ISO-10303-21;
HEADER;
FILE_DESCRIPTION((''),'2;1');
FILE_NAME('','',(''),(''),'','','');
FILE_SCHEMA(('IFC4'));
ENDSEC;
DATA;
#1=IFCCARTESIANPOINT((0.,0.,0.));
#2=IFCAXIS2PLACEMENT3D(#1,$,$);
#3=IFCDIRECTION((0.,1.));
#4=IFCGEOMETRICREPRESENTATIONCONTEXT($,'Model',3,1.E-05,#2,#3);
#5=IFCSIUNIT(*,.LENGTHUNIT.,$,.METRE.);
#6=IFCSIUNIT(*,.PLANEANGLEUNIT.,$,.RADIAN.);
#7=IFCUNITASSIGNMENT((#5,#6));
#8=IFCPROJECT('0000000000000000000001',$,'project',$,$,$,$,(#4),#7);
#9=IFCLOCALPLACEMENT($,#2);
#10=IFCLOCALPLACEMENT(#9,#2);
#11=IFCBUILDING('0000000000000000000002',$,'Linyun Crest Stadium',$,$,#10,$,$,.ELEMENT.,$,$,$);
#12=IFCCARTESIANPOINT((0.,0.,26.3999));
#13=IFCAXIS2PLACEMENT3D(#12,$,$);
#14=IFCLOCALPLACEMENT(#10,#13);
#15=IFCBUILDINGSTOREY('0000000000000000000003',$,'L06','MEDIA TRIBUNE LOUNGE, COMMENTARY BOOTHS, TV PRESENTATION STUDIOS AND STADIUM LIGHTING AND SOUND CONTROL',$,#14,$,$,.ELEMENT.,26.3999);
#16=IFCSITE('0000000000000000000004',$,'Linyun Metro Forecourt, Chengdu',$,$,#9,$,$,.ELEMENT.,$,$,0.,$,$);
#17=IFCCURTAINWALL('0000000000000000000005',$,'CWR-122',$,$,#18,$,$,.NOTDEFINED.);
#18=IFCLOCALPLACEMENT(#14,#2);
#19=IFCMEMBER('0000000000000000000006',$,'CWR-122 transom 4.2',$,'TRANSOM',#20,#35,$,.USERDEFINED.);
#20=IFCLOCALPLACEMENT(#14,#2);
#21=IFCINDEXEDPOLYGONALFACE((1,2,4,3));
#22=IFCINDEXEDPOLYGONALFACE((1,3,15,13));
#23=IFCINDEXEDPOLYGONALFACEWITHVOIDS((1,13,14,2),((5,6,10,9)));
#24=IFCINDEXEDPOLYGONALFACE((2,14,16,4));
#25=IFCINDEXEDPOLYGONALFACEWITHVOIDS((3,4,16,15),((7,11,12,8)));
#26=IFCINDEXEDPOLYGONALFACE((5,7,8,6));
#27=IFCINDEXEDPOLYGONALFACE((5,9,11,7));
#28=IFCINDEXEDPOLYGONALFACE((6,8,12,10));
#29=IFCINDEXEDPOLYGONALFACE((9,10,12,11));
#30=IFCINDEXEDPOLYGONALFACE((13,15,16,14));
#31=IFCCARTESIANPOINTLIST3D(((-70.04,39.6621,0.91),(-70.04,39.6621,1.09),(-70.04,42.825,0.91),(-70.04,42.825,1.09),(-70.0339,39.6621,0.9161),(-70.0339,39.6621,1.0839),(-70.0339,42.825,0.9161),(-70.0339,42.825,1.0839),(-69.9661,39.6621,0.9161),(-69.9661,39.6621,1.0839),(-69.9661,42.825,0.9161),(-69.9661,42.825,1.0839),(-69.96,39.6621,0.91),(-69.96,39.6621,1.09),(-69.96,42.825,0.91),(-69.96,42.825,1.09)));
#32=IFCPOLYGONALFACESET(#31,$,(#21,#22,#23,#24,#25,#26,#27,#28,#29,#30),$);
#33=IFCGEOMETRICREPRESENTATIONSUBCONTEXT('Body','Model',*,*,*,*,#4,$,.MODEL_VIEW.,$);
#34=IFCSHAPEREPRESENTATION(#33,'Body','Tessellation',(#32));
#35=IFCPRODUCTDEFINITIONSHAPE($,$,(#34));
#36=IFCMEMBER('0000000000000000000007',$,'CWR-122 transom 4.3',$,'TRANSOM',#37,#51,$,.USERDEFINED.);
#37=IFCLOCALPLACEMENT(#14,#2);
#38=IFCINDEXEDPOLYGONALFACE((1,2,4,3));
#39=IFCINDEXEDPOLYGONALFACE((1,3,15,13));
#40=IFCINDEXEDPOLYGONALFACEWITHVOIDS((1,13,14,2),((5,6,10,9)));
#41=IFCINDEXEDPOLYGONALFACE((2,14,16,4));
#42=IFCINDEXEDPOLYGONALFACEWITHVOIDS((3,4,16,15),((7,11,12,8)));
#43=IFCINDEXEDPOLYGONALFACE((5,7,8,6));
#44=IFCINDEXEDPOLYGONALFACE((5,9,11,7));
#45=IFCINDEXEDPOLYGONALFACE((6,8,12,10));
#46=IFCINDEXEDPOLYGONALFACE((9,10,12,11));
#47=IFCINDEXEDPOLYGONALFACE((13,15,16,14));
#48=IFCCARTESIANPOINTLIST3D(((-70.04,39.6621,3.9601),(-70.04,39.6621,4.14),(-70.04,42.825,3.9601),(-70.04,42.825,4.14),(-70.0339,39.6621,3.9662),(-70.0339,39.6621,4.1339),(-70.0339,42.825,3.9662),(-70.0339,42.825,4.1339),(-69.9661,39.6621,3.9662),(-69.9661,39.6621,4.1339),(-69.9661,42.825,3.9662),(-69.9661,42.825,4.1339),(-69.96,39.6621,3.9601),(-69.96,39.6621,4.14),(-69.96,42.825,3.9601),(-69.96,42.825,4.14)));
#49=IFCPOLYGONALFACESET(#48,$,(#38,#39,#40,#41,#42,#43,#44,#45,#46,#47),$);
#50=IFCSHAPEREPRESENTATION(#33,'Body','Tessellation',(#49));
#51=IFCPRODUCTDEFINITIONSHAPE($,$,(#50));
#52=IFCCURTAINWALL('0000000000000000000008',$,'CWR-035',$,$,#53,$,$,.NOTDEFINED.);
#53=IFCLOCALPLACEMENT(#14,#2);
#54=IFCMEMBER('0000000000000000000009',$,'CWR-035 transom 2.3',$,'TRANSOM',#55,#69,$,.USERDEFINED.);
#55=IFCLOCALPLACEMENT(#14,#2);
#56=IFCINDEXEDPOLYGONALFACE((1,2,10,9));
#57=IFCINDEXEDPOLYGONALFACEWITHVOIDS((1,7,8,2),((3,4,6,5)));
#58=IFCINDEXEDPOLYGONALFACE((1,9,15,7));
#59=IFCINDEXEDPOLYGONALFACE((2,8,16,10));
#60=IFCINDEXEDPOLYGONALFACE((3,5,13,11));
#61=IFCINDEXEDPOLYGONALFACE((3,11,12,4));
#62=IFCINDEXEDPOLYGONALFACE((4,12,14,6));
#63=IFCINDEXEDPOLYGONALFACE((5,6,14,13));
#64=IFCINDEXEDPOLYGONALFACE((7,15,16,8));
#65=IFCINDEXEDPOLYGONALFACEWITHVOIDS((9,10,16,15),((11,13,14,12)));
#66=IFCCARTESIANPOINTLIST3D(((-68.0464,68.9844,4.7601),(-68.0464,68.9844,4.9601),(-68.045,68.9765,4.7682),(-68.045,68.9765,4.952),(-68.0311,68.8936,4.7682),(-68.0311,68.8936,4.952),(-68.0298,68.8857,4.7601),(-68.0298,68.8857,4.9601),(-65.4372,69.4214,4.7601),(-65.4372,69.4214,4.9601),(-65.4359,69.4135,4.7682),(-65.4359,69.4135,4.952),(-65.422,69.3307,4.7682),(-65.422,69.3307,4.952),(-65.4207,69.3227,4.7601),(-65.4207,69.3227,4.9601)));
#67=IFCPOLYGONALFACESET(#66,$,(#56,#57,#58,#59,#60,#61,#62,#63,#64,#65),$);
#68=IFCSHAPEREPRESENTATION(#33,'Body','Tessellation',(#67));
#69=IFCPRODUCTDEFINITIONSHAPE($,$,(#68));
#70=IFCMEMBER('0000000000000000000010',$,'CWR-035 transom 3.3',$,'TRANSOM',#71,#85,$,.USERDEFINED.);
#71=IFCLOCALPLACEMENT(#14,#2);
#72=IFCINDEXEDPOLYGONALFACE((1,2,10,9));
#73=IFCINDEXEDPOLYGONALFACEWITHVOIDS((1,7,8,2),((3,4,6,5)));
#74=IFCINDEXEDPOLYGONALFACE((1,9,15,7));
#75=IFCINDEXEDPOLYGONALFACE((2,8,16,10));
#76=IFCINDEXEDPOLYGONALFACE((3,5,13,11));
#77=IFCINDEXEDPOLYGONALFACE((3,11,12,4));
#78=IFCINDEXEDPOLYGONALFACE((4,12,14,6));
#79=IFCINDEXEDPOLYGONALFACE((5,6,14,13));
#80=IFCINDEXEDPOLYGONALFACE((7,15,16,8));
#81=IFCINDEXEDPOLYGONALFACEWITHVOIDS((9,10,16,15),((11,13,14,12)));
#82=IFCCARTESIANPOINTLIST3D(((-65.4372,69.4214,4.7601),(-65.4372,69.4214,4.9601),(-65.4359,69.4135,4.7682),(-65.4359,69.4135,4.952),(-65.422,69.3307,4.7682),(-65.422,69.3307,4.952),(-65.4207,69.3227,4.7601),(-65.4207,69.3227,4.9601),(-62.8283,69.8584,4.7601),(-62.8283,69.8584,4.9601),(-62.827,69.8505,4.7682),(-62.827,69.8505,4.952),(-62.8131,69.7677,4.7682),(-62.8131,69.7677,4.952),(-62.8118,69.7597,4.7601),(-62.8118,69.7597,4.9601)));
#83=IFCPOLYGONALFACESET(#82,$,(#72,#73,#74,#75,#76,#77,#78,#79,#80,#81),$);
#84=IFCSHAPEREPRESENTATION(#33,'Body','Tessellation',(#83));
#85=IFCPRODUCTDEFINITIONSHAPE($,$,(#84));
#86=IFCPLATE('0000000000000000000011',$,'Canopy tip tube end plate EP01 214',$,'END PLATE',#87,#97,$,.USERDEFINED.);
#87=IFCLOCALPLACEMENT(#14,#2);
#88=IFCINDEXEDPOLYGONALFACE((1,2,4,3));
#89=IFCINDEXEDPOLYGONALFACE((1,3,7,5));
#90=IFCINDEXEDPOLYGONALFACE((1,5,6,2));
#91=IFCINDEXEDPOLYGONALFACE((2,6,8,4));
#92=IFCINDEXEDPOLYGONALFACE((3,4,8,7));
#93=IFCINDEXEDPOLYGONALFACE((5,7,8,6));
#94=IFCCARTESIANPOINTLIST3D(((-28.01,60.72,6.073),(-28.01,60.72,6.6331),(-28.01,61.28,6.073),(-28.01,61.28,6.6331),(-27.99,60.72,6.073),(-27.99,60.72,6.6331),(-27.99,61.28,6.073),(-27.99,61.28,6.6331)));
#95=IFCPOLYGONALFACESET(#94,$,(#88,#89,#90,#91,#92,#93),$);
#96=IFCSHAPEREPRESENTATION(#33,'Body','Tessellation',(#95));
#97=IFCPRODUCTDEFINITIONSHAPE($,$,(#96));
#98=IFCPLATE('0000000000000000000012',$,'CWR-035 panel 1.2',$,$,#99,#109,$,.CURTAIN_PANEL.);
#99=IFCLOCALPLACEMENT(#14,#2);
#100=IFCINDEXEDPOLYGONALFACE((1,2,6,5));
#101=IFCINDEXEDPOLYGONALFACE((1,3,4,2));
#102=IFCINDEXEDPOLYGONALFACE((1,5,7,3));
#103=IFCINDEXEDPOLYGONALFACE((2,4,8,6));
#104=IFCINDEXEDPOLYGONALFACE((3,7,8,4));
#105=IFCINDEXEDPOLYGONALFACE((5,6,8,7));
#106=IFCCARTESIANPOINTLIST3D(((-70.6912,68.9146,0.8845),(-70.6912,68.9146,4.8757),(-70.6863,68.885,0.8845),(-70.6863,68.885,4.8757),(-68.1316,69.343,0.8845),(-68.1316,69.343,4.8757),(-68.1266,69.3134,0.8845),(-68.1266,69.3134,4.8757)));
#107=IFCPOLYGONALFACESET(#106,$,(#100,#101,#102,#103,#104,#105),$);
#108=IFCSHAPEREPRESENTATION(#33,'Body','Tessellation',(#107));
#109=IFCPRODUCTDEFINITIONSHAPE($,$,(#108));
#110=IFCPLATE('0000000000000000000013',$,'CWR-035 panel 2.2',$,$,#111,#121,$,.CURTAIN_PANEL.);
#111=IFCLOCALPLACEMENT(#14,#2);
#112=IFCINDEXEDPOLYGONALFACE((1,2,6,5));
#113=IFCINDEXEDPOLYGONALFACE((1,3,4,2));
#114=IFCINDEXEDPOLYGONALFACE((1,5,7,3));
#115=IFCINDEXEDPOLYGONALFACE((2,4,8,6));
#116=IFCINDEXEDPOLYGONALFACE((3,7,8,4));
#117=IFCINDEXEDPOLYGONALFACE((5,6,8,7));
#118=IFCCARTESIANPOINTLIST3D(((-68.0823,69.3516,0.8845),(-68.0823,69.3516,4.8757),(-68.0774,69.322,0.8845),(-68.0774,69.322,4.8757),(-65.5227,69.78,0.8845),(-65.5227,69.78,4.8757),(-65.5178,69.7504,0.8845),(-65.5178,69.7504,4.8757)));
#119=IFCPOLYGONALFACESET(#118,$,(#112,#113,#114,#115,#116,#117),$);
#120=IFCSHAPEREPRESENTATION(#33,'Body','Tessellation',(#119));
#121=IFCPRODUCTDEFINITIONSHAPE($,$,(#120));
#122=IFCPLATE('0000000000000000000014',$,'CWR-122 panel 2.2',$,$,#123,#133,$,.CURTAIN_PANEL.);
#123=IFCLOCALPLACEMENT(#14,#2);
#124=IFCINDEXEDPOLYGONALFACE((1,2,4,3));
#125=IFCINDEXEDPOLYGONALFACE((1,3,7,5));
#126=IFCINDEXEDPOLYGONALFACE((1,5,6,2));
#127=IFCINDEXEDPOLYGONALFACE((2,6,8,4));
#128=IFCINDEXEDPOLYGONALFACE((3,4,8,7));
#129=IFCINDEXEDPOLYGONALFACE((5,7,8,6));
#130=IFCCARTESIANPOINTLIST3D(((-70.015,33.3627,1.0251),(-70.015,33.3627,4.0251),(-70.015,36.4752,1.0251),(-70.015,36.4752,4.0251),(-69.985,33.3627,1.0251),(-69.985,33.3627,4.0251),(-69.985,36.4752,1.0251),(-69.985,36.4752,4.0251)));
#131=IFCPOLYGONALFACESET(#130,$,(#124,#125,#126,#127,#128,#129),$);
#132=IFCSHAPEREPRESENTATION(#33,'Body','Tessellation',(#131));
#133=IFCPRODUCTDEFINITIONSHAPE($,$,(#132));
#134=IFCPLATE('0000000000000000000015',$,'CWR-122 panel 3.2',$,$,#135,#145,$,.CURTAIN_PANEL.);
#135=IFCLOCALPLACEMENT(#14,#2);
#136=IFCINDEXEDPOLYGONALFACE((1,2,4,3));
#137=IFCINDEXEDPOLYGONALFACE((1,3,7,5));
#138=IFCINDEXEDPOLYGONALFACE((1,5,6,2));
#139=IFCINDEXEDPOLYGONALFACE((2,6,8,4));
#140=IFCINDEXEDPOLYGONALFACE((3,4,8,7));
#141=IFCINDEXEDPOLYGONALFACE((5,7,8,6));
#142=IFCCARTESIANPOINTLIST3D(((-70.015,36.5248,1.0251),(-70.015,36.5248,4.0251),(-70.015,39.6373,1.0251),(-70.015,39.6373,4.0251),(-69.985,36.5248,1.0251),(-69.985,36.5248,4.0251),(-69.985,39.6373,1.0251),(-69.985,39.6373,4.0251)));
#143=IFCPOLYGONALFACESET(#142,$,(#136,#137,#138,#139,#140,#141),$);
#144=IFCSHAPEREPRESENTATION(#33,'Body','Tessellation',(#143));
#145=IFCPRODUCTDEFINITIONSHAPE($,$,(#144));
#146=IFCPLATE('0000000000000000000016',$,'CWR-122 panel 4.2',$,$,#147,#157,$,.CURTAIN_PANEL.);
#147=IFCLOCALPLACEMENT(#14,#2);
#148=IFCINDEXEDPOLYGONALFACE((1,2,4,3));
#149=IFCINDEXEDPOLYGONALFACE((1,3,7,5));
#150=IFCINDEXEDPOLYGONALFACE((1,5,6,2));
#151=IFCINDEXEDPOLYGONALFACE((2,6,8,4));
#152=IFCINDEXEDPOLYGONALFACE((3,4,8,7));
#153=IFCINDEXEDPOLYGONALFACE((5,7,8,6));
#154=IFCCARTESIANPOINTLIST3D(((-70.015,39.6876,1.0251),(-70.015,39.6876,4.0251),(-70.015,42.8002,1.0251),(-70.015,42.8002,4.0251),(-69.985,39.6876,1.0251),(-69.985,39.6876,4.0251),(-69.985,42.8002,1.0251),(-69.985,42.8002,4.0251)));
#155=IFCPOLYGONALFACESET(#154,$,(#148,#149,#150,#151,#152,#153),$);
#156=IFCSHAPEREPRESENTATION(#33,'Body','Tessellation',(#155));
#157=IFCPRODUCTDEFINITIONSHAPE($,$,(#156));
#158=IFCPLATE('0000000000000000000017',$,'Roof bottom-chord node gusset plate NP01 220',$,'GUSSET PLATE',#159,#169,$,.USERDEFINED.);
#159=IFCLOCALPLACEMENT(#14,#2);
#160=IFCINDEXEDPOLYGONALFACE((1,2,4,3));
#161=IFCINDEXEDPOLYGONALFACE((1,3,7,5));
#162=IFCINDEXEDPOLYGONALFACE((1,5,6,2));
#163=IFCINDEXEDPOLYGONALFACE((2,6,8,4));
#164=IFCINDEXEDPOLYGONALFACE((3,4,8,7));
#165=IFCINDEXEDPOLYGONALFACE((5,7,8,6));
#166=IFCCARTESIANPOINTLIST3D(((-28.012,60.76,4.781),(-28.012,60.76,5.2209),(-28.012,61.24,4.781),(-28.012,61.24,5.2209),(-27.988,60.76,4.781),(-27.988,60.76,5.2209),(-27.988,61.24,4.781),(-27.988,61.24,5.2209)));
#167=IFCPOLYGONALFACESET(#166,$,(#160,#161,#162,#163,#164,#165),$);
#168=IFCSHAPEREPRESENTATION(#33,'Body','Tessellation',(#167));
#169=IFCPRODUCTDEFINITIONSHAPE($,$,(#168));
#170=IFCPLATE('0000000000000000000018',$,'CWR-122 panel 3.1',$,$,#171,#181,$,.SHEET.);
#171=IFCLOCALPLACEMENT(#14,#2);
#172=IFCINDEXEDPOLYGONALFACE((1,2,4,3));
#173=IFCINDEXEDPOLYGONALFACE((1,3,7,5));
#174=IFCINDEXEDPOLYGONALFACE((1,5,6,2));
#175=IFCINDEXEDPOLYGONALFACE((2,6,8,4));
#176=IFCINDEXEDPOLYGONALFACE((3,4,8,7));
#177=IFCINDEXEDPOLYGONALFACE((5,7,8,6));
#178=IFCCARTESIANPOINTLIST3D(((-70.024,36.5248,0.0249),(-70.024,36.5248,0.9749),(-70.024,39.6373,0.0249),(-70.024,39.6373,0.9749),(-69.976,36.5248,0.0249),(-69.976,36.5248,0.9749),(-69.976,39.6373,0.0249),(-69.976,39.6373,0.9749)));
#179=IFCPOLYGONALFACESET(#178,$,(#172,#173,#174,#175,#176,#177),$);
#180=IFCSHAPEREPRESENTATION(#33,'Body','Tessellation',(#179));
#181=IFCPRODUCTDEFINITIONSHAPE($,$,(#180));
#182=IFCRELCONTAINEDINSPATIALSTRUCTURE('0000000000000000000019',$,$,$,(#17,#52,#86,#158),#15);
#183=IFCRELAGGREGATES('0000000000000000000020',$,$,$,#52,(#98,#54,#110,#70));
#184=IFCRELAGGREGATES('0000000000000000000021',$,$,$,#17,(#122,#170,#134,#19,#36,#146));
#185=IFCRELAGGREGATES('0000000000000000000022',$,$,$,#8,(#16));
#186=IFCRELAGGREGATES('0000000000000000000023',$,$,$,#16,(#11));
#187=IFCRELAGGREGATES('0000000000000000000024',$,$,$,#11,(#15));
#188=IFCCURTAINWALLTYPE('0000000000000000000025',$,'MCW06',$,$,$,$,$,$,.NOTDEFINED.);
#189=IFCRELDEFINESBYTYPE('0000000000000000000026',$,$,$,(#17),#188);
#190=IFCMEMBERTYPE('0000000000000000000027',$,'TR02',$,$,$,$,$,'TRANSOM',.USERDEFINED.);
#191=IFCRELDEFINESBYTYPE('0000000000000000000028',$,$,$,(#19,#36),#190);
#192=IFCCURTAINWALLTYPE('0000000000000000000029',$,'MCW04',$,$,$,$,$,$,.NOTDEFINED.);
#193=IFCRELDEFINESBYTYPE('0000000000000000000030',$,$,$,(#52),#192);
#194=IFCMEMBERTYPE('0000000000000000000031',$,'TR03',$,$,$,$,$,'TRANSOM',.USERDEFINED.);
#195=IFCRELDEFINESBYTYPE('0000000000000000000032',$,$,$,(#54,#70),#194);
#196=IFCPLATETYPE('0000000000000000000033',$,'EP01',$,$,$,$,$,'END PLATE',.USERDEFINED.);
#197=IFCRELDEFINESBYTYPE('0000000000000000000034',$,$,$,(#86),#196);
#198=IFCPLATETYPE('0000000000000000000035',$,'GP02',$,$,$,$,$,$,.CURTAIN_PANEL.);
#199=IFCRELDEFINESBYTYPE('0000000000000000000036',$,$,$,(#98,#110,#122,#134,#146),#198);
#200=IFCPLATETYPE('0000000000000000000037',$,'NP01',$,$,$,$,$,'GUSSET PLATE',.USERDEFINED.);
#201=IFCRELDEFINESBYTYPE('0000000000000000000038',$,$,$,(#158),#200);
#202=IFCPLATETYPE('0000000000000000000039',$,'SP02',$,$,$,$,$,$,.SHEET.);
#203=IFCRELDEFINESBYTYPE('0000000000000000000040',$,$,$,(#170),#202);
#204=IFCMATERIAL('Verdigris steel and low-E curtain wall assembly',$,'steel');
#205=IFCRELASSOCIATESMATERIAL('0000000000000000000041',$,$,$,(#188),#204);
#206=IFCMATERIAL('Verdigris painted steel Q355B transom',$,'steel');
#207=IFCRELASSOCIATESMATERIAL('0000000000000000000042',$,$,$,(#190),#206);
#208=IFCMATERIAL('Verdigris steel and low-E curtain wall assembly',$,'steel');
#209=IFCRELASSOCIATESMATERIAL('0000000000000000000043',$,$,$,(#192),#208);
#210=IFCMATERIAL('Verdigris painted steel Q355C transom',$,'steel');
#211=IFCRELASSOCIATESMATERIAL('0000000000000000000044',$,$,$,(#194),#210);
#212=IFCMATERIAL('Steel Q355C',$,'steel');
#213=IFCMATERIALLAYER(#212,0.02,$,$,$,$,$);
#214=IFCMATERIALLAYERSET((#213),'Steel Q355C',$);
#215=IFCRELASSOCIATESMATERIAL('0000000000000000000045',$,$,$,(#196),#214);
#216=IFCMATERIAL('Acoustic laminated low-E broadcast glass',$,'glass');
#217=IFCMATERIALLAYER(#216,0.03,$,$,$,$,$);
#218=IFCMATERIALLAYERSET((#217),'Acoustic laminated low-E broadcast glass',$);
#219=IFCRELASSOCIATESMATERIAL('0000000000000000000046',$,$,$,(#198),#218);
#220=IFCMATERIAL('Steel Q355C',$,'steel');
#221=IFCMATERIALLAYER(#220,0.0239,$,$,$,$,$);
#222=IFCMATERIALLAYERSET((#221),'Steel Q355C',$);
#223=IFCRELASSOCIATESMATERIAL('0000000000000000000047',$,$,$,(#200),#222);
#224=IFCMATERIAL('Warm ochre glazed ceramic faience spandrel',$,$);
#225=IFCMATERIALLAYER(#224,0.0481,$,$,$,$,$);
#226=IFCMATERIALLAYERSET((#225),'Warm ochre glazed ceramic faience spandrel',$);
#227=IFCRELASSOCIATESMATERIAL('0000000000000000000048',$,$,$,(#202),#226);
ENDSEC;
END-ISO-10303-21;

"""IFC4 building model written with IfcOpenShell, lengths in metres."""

from ifc_helpers import new_model, si_unit, direction, frame, origin, origin_2d, place, context, subcontext, project, spatial, rectangle, hollow_rectangle, extrude, material, layer, layer_set, material_profile, profile_set, type_object, element, aggregate, save


model = new_model("IFC4")

# Units and contexts
model_context = context("Model", 3, precision=1e-05, world=origin(), true_north=direction((0.0, 1.0)))
body_context = subcontext(model_context, "Body", "Model", "MODEL_VIEW")
ifc_project = project(units=[si_unit("LENGTHUNIT", "METRE"), si_unit("PLANEANGLEUNIT", "RADIAN")], contexts=[model_context])

# Site, building, storey
site_placement = place(None, origin())
site = spatial("IfcSite", under=ifc_project, at=site_placement, Name="Linyun Metro Forecourt, Chengdu", CompositionType="ELEMENT", RefElevation=0.0)
building_placement = place(site_placement, origin())
building = spatial("IfcBuilding", under=site, at=building_placement, Name="Linyun Crest Stadium", CompositionType="ELEMENT")
storey_placement = place(building_placement, frame((0.0, 0.0, 26.3999)))
storey = spatial("IfcBuildingStorey", under=building, at=storey_placement, Name="L06", Description="MEDIA TRIBUNE LOUNGE, COMMENTARY BOOTHS, TV PRESENTATION STUDIOS AND STADIUM LIGHTING AND SOUND CONTROL", CompositionType="ELEMENT", Elevation=26.3999)

# Curtain walls, members
ifc_material_1 = material(Name="Verdigris steel and low-E curtain wall assembly", Category="steel")
curtain_wall_type_1 = type_object("IfcCurtainWallType", Name="MCW06", PredefinedType="NOTDEFINED", material=ifc_material_1)
curtain_wall_1_placement = place(storey_placement, origin())
curtain_wall_1 = element("IfcCurtainWall", 1, at=curtain_wall_1_placement, inside=storey, type_object=curtain_wall_type_1, Name="CWR-122", PredefinedType="NOTDEFINED")
ifc_material_2 = material(Name="Verdigris painted steel Q355B transom", Category="steel")
ifc_material_profile_1 = material_profile(ifc_material_2, hollow_rectangle(XDim=0.0801, YDim=0.1799, WallThickness=0.0061, at=origin_2d()), Name="RHS 180x80x6")
ifc_profile_set_1 = profile_set([ifc_material_profile_1], Name="Verdigris painted steel Q355B transom")
member_type_1 = type_object("IfcMemberType", Name="TR02", ElementType="TRANSOM", PredefinedType="USERDEFINED", material=ifc_profile_set_1)
member_1_placement = place(storey_placement, frame((-70.0, 39.6621, 1.0), z_axis=(0.0, 1.0, 0.0), x_axis=(-1.0, 0.0, 0.0)))
member_1 = element("IfcMember", 2, at=member_1_placement, type_object=member_type_1, Name="CWR-122 transom 4.2", ObjectType="TRANSOM", PredefinedType="USERDEFINED", context=body_context, shape_type="SweptSolid", body=[
    extrude(hollow_rectangle(XDim=0.0801, YDim=0.1799, WallThickness=0.0061, at=origin_2d()), origin(), (0.0, 0.0, 1.0), 3.1628),
])
member_2_placement = place(storey_placement, frame((-70.0, 39.6621, 4.05), z_axis=(0.0, 1.0, 0.0), x_axis=(-1.0, 0.0, 0.0)))
member_2 = element("IfcMember", 3, at=member_2_placement, type_object=member_type_1, Name="CWR-122 transom 4.3", ObjectType="TRANSOM", PredefinedType="USERDEFINED", context=body_context, shape_type="SweptSolid", body=[
    extrude(hollow_rectangle(XDim=0.0801, YDim=0.1799, WallThickness=0.0061, at=origin_2d()), origin(), (0.0, 0.0, 1.0), 3.1628),
])
ifc_material_3 = material(Name="Verdigris steel and low-E curtain wall assembly", Category="steel")
curtain_wall_type_2 = type_object("IfcCurtainWallType", Name="MCW04", PredefinedType="NOTDEFINED", material=ifc_material_3)
curtain_wall_2_placement = place(storey_placement, origin())
curtain_wall_2 = element("IfcCurtainWall", 4, at=curtain_wall_2_placement, inside=storey, type_object=curtain_wall_type_2, Name="CWR-035", PredefinedType="NOTDEFINED")
ifc_material_4 = material(Name="Verdigris painted steel Q355C transom", Category="steel")
ifc_material_profile_2 = material_profile(ifc_material_4, hollow_rectangle(XDim=0.1001, YDim=0.2, WallThickness=0.0081, at=origin_2d()), Name="RHS 200x100x8")
ifc_profile_set_2 = profile_set([ifc_material_profile_2], Name="Verdigris painted steel Q355C transom")
member_type_2 = type_object("IfcMemberType", Name="TR03", ElementType="TRANSOM", PredefinedType="USERDEFINED", material=ifc_profile_set_2)
member_3_placement = place(storey_placement, frame((-68.0381, 68.9351, 4.8601), z_axis=(0.986261, 0.165192, 0.0), x_axis=(-0.165192, 0.986261, 0.0)))
member_3 = element("IfcMember", 5, at=member_3_placement, type_object=member_type_2, Name="CWR-035 transom 2.3", ObjectType="TRANSOM", PredefinedType="USERDEFINED", context=body_context, shape_type="SweptSolid", body=[
    extrude(hollow_rectangle(XDim=0.1001, YDim=0.2, WallThickness=0.0081, at=origin_2d()), origin(), (0.0, 0.0, 1.0), 2.6455),
])
member_4_placement = place(storey_placement, frame((-65.429, 69.3721, 4.8601), z_axis=(0.986259, 0.165207, 0.0), x_axis=(-0.165207, 0.986259, 0.0)))
member_4 = element("IfcMember", 6, at=member_4_placement, type_object=member_type_2, Name="CWR-035 transom 3.3", ObjectType="TRANSOM", PredefinedType="USERDEFINED", context=body_context, shape_type="SweptSolid", body=[
    extrude(hollow_rectangle(XDim=0.1001, YDim=0.2, WallThickness=0.0081, at=origin_2d()), origin(), (0.0, 0.0, 1.0), 2.6453),
])

# Plates
ifc_material_5 = material(Name="Steel Q355C", Category="steel")
ifc_layer_1 = layer(ifc_material_5, 0.02)
ifc_layer_set_1 = layer_set([ifc_layer_1], Name="Steel Q355C")
plate_type_1 = type_object("IfcPlateType", Name="EP01", ElementType="END PLATE", PredefinedType="USERDEFINED", material=ifc_layer_set_1)
plate_1_placement = place(storey_placement, frame((-28.0, 61.0, 6.073), z_axis=(0.0, 0.0, 1.0), x_axis=(0.0, 1.0, 0.0)))
element("IfcPlate", 7, at=plate_1_placement, inside=storey, type_object=plate_type_1, Name="Canopy tip tube end plate EP01 214", ObjectType="END PLATE", PredefinedType="USERDEFINED", context=body_context, shape_type="SweptSolid", body=[
    extrude(rectangle(XDim=0.5601, YDim=0.02, at=origin_2d()), origin(), (0.0, 0.0, 1.0), 0.5601),
])
ifc_material_6 = material(Name="Acoustic laminated low-E broadcast glass", Category="glass")
ifc_layer_2 = layer(ifc_material_6, 0.03)
ifc_layer_set_2 = layer_set([ifc_layer_2], Name="Acoustic laminated low-E broadcast glass")
plate_type_2 = type_object("IfcPlateType", Name="GP02", PredefinedType="CURTAIN_PANEL", material=ifc_layer_set_2)
plate_2_placement = place(storey_placement, frame((-69.4089, 69.114, 0.8845), z_axis=(0.0, 0.0, 1.0), x_axis=(0.986283, 0.165065, 0.0)))
plate_2 = element("IfcPlate", 8, at=plate_2_placement, type_object=plate_type_2, Name="CWR-035 panel 1.2", PredefinedType="CURTAIN_PANEL", context=body_context, shape_type="SweptSolid", body=[
    extrude(rectangle(XDim=2.5952, YDim=0.03, at=origin_2d()), origin(), (0.0, 0.0, 1.0), 3.9912),
])
plate_3_placement = place(storey_placement, frame((-66.8, 69.551, 0.8845), z_axis=(0.0, 0.0, 1.0), x_axis=(0.986283, 0.165065, 0.0)))
plate_3 = element("IfcPlate", 9, at=plate_3_placement, type_object=plate_type_2, Name="CWR-035 panel 2.2", PredefinedType="CURTAIN_PANEL", context=body_context, shape_type="SweptSolid", body=[
    extrude(rectangle(XDim=2.5952, YDim=0.03, at=origin_2d()), origin(), (0.0, 0.0, 1.0), 3.9912),
])
aggregate(curtain_wall_2, [plate_2, member_3, plate_3, member_4])
plate_4_placement = place(storey_placement, frame((-70.0, 34.9189, 1.0251), z_axis=(0.0, 0.0, 1.0), x_axis=(0.0, 1.0, 0.0)))
plate_4 = element("IfcPlate", 10, at=plate_4_placement, type_object=plate_type_2, Name="CWR-122 panel 2.2", PredefinedType="CURTAIN_PANEL", context=body_context, shape_type="SweptSolid", body=[
    extrude(rectangle(XDim=3.1125, YDim=0.03, at=origin_2d()), origin(), (0.0, 0.0, 1.0), 3.0),
])
plate_5_placement = place(storey_placement, frame((-70.0, 38.0811, 1.0251), z_axis=(0.0, 0.0, 1.0), x_axis=(0.0, 1.0, 0.0)))
plate_5 = element("IfcPlate", 11, at=plate_5_placement, type_object=plate_type_2, Name="CWR-122 panel 3.2", PredefinedType="CURTAIN_PANEL", context=body_context, shape_type="SweptSolid", body=[
    extrude(rectangle(XDim=3.1125, YDim=0.03, at=origin_2d()), origin(), (0.0, 0.0, 1.0), 3.0),
])
plate_6_placement = place(storey_placement, frame((-70.0, 41.2439, 1.0251), z_axis=(0.0, 0.0, 1.0), x_axis=(0.0, 1.0, 0.0)))
plate_6 = element("IfcPlate", 12, at=plate_6_placement, type_object=plate_type_2, Name="CWR-122 panel 4.2", PredefinedType="CURTAIN_PANEL", context=body_context, shape_type="SweptSolid", body=[
    extrude(rectangle(XDim=3.1125, YDim=0.03, at=origin_2d()), origin(), (0.0, 0.0, 1.0), 3.0),
])
ifc_material_7 = material(Name="Steel Q355C", Category="steel")
ifc_layer_3 = layer(ifc_material_7, 0.0239)
ifc_layer_set_3 = layer_set([ifc_layer_3], Name="Steel Q355C")
plate_type_3 = type_object("IfcPlateType", Name="NP01", ElementType="GUSSET PLATE", PredefinedType="USERDEFINED", material=ifc_layer_set_3)
plate_7_placement = place(storey_placement, frame((-28.0, 61.0, 4.781), z_axis=(0.0, 0.0, 1.0), x_axis=(0.0, 1.0, 0.0)))
element("IfcPlate", 13, at=plate_7_placement, inside=storey, type_object=plate_type_3, Name="Roof bottom-chord node gusset plate NP01 220", ObjectType="GUSSET PLATE", PredefinedType="USERDEFINED", context=body_context, shape_type="SweptSolid", body=[
    extrude(rectangle(XDim=0.48, YDim=0.0239, at=origin_2d()), origin(), (0.0, 0.0, 1.0), 0.4399),
])
ifc_material_8 = material(Name="Warm ochre glazed ceramic faience spandrel")
ifc_layer_4 = layer(ifc_material_8, 0.0481)
ifc_layer_set_4 = layer_set([ifc_layer_4], Name="Warm ochre glazed ceramic faience spandrel")
plate_type_4 = type_object("IfcPlateType", Name="SP02", PredefinedType="SHEET", material=ifc_layer_set_4)
plate_8_placement = place(storey_placement, frame((-70.0, 38.0811, 0.0249), z_axis=(0.0, 0.0, 1.0), x_axis=(0.0, 1.0, 0.0)))
plate_8 = element("IfcPlate", 14, at=plate_8_placement, type_object=plate_type_4, Name="CWR-122 panel 3.1", PredefinedType="SHEET", context=body_context, shape_type="SweptSolid", body=[
    extrude(rectangle(XDim=3.1125, YDim=0.0481, at=origin_2d()), origin(), (0.0, 0.0, 1.0), 0.95),
])
aggregate(curtain_wall_1, [plate_4, plate_8, plate_5, member_1, member_2, plate_6])

save(model, "model.ifc")
